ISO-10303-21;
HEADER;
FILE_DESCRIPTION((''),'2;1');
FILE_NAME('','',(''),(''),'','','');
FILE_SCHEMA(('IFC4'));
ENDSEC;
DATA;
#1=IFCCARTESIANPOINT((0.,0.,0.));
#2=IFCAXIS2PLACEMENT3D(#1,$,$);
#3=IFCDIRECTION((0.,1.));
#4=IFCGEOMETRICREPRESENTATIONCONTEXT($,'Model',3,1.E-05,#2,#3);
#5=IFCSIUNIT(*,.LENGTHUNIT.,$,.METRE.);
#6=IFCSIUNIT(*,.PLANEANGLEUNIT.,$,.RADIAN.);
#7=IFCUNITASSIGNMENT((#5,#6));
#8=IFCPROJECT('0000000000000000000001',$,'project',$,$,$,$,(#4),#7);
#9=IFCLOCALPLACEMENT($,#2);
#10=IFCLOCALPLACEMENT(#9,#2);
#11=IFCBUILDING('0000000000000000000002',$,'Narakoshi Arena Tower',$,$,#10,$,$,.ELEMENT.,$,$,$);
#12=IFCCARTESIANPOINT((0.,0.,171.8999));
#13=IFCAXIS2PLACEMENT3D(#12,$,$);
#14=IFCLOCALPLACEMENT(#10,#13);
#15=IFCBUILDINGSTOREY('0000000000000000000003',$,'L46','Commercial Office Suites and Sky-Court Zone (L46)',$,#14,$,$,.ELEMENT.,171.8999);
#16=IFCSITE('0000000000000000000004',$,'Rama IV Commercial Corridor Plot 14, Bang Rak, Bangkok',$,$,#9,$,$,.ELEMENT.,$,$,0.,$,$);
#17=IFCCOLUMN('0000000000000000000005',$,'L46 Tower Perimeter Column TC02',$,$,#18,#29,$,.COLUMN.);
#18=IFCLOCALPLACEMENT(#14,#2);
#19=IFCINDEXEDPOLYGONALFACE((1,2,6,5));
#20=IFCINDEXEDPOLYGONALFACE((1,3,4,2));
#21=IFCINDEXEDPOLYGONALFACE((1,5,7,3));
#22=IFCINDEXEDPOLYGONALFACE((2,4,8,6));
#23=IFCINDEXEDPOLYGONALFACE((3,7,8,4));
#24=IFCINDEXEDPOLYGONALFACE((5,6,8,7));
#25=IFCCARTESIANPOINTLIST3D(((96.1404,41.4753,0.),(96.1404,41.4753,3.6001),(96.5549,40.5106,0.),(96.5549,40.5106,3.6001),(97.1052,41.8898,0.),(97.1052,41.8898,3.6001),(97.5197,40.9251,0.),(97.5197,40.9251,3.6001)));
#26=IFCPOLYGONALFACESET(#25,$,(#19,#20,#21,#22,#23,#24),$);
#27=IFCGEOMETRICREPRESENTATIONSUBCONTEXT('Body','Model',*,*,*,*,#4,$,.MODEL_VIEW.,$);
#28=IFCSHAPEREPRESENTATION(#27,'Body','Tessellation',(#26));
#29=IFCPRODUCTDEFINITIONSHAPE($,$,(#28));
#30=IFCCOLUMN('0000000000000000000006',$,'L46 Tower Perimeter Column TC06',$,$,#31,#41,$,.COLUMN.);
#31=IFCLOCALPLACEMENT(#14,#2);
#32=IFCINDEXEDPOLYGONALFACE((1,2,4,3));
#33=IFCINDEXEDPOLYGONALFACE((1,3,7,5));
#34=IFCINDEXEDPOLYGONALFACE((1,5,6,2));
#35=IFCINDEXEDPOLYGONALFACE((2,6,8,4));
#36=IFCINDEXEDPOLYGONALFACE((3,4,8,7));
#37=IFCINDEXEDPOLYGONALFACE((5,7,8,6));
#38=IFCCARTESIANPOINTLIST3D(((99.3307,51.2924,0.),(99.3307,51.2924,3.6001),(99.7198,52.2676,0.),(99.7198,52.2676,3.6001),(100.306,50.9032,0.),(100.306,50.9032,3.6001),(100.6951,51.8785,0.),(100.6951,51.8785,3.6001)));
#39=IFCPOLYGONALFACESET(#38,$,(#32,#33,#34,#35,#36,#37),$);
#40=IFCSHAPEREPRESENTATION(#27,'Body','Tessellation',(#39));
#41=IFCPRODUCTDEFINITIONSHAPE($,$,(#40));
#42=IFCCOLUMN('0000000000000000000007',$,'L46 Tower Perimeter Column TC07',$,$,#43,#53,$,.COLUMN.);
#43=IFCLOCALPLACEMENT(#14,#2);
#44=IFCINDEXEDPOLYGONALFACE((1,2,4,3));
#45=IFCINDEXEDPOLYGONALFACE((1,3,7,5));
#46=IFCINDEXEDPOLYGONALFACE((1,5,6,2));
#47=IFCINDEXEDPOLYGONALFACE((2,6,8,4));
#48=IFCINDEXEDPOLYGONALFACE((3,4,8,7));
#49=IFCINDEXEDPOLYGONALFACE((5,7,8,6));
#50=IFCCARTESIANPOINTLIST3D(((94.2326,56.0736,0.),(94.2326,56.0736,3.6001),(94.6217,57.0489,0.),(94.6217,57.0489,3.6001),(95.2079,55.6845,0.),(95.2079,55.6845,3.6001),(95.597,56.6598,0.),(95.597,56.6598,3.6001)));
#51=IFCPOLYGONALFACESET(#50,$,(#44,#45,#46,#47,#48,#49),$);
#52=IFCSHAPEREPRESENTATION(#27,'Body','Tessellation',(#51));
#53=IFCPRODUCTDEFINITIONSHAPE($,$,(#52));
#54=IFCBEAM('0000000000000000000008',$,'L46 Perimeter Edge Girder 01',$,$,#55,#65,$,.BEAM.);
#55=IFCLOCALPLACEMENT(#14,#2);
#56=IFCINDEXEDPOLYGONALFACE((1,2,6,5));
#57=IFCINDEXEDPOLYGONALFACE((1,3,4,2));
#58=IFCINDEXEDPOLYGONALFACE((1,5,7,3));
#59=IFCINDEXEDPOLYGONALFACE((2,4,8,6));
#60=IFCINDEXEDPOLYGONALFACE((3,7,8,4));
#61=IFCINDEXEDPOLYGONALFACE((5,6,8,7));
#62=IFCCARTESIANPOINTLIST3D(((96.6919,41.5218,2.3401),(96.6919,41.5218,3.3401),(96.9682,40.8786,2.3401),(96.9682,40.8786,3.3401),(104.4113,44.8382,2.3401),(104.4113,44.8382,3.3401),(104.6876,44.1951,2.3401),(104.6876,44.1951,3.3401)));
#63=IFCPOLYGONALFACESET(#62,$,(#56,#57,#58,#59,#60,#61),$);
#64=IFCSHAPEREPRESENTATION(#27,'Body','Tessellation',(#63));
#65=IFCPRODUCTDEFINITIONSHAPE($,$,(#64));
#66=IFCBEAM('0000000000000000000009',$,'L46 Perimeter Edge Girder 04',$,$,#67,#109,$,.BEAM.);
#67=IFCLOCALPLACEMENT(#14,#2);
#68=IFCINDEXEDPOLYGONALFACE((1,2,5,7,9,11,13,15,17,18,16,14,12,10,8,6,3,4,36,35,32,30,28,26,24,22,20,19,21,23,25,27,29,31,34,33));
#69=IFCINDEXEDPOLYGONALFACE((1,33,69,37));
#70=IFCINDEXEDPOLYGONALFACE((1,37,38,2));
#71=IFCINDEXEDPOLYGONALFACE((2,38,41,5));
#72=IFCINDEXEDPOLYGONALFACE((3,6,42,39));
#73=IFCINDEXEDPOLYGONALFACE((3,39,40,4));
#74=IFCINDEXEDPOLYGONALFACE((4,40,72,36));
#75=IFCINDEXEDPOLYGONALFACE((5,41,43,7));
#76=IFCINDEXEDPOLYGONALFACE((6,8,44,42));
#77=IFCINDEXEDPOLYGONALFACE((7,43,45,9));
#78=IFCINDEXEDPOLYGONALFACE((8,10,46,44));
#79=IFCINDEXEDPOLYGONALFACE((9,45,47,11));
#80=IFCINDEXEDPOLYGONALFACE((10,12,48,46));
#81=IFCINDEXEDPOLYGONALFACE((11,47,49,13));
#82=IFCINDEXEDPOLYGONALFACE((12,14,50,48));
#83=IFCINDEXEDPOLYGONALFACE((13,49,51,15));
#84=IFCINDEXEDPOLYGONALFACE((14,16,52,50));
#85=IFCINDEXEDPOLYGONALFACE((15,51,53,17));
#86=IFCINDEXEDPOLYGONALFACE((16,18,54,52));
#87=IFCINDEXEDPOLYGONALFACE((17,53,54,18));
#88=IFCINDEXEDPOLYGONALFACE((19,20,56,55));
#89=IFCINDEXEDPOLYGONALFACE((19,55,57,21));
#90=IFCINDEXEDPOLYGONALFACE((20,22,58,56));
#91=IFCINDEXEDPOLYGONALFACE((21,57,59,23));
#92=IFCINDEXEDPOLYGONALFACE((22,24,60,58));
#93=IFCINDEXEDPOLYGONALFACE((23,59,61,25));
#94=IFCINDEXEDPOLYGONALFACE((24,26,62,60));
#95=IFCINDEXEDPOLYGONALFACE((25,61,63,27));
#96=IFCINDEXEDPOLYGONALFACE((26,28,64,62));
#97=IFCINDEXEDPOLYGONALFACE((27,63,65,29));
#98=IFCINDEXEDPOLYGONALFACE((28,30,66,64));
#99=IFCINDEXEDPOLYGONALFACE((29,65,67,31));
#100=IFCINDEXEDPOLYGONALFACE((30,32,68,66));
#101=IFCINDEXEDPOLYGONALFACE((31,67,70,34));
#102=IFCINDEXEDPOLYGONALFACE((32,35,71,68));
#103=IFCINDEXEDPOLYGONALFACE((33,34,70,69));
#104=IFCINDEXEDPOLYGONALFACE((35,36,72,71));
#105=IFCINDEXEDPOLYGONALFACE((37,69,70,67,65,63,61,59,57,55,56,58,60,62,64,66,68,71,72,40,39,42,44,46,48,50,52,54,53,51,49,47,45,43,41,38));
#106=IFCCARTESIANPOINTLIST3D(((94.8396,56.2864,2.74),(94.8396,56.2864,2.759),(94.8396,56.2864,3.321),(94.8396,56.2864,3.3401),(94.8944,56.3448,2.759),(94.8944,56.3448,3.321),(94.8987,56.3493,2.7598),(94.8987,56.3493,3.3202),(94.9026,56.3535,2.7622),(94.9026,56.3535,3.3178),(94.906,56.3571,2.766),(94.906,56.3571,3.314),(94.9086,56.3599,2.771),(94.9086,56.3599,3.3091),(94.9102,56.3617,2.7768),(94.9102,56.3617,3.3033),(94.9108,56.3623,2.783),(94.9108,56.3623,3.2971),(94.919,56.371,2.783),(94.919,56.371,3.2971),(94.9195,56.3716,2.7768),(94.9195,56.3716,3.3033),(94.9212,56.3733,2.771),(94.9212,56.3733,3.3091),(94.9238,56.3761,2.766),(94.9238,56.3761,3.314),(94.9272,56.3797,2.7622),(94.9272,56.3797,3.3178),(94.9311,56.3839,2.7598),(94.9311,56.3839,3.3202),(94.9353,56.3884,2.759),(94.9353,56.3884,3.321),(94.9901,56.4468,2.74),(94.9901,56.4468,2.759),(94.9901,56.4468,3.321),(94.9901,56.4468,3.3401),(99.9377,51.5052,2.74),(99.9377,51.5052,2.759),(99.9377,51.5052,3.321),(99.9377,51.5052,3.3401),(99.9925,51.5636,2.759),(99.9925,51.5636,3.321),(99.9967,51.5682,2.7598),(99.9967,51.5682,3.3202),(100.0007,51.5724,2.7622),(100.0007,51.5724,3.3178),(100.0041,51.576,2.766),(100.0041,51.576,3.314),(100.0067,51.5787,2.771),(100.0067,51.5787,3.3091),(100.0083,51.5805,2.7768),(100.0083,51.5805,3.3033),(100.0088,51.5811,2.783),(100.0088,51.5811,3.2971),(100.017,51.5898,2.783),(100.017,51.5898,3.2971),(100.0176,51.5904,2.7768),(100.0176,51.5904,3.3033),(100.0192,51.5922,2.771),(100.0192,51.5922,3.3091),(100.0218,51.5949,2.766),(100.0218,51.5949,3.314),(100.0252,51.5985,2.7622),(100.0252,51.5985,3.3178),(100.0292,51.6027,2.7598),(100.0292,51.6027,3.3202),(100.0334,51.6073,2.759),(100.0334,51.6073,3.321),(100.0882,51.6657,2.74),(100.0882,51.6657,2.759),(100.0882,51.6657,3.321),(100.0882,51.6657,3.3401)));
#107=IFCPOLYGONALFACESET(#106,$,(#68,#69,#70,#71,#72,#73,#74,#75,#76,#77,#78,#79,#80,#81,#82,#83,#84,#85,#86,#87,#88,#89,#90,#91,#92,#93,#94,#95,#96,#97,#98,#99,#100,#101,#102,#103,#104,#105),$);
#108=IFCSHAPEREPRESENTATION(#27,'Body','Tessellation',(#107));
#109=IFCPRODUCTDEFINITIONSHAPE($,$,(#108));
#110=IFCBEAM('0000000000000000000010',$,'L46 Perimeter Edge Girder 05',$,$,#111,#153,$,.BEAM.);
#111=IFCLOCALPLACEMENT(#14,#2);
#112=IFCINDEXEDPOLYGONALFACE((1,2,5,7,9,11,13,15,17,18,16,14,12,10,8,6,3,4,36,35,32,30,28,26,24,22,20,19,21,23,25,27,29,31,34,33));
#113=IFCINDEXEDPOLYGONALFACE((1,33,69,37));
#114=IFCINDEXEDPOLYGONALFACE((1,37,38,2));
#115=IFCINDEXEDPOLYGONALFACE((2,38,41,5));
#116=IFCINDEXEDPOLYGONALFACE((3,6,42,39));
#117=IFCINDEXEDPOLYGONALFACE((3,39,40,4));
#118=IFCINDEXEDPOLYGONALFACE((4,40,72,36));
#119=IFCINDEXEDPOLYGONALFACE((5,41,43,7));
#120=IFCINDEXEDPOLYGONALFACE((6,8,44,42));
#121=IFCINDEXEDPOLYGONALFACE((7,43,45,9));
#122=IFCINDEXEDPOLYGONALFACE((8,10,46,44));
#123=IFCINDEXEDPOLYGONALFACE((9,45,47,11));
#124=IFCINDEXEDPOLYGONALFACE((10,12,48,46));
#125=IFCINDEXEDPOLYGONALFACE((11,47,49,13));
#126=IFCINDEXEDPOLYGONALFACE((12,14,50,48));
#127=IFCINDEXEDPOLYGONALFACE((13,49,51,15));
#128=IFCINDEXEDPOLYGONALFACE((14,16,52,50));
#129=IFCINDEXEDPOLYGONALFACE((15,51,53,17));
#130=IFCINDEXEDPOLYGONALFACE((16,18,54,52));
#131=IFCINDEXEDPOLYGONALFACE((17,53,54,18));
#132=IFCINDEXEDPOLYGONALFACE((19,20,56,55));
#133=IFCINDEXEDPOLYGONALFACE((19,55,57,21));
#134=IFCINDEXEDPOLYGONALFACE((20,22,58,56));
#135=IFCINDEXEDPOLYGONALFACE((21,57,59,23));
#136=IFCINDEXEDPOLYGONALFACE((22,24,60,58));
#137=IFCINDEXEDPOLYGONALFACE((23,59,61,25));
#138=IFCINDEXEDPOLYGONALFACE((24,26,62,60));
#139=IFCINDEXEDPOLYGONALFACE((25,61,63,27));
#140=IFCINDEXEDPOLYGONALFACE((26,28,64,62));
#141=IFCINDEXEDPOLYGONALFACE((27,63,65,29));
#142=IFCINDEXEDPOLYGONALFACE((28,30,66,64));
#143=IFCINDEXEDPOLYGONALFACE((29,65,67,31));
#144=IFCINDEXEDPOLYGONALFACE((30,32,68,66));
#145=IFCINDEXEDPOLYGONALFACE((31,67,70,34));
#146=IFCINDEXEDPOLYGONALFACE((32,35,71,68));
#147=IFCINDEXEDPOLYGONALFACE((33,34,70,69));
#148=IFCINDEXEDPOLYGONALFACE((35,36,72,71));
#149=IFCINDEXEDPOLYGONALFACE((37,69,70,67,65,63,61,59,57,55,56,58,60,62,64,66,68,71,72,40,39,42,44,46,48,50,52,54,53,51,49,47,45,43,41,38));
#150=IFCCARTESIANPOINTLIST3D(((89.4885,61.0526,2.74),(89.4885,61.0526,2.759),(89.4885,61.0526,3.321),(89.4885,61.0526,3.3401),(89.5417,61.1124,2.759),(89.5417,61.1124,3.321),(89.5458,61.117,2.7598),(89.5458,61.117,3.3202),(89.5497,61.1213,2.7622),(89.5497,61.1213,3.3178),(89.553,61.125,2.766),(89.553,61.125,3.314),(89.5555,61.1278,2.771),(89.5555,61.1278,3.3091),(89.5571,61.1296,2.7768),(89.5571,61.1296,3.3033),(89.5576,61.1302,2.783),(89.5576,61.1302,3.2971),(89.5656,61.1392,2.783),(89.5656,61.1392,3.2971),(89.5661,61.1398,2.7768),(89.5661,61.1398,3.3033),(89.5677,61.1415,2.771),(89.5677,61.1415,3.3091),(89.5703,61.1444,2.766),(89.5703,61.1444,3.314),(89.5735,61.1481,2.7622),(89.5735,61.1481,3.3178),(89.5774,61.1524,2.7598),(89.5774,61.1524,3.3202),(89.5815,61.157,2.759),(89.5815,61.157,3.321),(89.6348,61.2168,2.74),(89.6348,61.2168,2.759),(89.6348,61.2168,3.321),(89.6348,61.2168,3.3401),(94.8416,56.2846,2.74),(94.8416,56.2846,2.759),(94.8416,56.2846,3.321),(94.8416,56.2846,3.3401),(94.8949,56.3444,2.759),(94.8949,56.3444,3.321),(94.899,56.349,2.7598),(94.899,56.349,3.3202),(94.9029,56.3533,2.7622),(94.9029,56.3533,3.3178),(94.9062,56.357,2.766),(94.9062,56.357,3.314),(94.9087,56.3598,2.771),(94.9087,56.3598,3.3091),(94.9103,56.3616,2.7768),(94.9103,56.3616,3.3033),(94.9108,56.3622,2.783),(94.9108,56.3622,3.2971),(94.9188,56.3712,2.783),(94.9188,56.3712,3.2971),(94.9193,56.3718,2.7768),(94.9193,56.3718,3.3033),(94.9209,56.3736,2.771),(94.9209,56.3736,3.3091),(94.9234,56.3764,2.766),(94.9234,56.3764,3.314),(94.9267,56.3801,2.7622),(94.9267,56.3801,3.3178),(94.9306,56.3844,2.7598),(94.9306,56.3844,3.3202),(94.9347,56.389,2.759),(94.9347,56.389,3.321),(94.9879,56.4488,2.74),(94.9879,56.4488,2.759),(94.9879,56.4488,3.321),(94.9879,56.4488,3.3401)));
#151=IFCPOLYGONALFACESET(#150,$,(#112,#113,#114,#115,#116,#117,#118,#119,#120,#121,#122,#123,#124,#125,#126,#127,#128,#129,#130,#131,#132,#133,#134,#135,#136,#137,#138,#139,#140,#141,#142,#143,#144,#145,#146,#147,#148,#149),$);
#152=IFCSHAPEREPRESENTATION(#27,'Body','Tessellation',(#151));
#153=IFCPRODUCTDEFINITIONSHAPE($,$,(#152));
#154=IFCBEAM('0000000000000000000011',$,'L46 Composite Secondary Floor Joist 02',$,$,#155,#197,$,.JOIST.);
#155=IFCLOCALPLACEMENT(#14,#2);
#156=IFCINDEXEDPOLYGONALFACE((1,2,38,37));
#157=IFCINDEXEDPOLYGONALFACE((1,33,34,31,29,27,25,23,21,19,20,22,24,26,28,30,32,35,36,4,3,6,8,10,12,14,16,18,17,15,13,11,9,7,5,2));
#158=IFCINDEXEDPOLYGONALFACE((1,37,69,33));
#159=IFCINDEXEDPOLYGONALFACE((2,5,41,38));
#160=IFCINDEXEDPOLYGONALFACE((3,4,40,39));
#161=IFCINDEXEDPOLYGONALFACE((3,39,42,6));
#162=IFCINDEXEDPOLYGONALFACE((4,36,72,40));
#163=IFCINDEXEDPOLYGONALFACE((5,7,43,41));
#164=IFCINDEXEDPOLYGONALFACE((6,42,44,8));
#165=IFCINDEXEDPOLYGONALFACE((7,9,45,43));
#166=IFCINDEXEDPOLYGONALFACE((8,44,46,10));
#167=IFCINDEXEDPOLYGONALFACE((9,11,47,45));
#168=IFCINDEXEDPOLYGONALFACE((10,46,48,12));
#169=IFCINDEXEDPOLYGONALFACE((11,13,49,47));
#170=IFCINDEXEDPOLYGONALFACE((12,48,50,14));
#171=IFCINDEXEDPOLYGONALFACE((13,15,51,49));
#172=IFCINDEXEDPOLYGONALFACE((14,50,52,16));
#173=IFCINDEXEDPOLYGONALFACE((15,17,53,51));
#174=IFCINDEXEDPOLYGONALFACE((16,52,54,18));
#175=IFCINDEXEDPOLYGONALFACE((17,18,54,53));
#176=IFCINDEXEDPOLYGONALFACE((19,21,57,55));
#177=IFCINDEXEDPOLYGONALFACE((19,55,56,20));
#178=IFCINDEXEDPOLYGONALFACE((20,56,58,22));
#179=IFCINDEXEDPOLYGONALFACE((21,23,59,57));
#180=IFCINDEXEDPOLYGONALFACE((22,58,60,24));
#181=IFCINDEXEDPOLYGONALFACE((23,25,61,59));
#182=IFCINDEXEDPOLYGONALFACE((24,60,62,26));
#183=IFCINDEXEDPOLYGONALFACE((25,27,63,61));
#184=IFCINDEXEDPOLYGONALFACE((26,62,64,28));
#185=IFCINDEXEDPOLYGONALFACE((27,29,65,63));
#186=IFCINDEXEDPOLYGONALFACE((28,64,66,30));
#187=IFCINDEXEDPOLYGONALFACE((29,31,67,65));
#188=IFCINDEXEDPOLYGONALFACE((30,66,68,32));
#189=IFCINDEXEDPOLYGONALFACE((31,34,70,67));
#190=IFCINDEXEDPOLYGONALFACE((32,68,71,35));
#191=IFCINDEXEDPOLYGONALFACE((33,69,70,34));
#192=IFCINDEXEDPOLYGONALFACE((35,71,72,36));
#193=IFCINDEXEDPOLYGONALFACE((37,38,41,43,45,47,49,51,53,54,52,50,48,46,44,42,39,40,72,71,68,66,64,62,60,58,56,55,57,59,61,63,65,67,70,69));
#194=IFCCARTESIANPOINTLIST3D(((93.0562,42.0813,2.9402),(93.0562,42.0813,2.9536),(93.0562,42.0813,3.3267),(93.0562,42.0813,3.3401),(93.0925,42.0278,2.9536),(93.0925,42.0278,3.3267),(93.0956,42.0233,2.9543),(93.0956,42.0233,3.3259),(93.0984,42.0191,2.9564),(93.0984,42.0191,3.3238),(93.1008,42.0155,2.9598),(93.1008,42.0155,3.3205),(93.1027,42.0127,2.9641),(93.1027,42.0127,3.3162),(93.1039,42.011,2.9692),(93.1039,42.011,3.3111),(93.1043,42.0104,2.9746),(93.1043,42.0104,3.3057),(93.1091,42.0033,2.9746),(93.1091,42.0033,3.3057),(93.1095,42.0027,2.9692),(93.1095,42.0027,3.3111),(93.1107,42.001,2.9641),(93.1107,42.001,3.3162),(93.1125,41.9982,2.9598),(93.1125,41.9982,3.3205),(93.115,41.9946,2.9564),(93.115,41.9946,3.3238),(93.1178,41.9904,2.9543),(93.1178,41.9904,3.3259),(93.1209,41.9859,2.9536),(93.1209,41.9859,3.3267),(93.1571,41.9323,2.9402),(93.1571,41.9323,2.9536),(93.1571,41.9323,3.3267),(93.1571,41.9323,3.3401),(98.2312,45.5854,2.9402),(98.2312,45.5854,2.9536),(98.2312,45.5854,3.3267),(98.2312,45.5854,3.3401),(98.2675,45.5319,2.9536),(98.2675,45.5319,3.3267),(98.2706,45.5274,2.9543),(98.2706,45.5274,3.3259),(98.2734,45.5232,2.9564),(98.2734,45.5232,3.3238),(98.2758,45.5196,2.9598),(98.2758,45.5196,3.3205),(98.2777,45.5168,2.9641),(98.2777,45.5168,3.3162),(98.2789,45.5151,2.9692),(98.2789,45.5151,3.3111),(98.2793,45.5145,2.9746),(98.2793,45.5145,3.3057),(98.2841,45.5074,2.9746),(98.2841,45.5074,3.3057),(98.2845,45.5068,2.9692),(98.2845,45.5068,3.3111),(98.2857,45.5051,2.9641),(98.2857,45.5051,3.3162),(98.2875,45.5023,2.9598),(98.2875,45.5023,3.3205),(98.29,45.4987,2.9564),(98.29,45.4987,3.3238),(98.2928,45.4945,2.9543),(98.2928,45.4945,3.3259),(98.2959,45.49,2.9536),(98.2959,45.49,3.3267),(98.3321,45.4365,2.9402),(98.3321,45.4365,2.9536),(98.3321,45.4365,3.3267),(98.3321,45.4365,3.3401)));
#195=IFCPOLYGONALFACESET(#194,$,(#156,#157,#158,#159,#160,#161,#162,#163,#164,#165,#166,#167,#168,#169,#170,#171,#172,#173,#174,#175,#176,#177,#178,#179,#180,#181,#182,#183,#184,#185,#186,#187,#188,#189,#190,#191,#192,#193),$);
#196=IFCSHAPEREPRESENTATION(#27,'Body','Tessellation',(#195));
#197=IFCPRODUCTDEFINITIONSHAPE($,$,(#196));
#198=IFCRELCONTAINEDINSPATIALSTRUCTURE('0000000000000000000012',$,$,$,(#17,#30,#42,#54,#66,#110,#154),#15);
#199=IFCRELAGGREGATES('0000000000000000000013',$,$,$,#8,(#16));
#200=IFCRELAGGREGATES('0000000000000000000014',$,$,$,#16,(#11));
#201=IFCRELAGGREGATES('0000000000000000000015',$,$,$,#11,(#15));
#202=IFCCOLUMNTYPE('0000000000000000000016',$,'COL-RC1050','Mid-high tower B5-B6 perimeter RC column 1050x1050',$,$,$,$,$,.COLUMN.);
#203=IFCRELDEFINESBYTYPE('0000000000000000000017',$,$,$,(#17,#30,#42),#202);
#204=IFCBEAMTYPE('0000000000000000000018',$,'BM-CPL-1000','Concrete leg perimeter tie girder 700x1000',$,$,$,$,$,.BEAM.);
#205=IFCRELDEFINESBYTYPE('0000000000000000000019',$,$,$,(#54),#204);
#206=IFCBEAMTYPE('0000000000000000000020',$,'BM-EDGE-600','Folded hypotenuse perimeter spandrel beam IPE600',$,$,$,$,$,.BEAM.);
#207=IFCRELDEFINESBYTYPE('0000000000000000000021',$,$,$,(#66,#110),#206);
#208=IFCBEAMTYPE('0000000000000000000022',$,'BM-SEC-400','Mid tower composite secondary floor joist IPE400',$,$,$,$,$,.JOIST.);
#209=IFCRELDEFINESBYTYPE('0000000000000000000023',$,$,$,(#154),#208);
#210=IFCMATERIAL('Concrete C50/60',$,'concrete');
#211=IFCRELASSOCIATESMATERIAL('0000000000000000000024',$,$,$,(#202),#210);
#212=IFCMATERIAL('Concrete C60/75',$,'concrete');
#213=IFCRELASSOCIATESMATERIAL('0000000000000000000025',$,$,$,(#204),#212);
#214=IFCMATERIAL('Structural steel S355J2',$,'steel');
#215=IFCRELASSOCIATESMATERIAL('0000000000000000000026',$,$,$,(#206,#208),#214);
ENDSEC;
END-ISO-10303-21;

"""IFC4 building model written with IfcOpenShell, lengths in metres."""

from ifc_helpers import new_model, si_unit, direction, frame, origin, origin_2d, place, context, subcontext, project, spatial, rectangle, i_section, extrude, material, material_profile, profile_set, type_object, element, save


model = new_model("IFC4")

# Units and contexts
model_context = context("Model", 3, precision=1e-05, world=origin(), true_north=direction((0.0, 1.0)))
body_context = subcontext(model_context, "Body", "Model", "MODEL_VIEW")
ifc_project = project(units=[si_unit("LENGTHUNIT", "METRE"), si_unit("PLANEANGLEUNIT", "RADIAN")], contexts=[model_context])

# Site, building, storey
site_placement = place(None, origin())
site = spatial("IfcSite", under=ifc_project, at=site_placement, Name="Rama IV Commercial Corridor Plot 14, Bang Rak, Bangkok", CompositionType="ELEMENT", RefElevation=0.0)
building_placement = place(site_placement, origin())
building = spatial("IfcBuilding", under=site, at=building_placement, Name="Narakoshi Arena Tower", CompositionType="ELEMENT")
storey_placement = place(building_placement, frame((0.0, 0.0, 171.8999)))
storey = spatial("IfcBuildingStorey", under=building, at=storey_placement, Name="L46", Description="Commercial Office Suites and Sky-Court Zone (L46)", CompositionType="ELEMENT", Elevation=171.8999)

# Columns
ifc_material_1 = material(Name="Concrete C50/60", Category="concrete")
ifc_material_profile_1 = material_profile(ifc_material_1, rectangle(XDim=1.05, YDim=1.05, at=origin_2d()), Name="RC1050x1050")
ifc_profile_set_1 = profile_set([ifc_material_profile_1], Name="Concrete C50/60")
column_type = type_object("IfcColumnType", Name="COL-RC1050", Description="Mid-high tower B5-B6 perimeter RC column 1050x1050", PredefinedType="COLUMN", material=ifc_profile_set_1)
for number, where, z_axis, x_axis, name in (
    (1, (96.8301, 41.2002, 0.0), (0.0, 0.0, 1.0), (0.918791, 0.394744, 0.0), "L46 Tower Perimeter Column TC02"),
    (2, (100.0129, 51.5854, 0.0), (0.0, 0.0, 1.0), (0.370557, 0.92881, 0.0), "L46 Tower Perimeter Column TC06"),
    (3, (94.9148, 56.3667, 0.0), (0.0, 0.0, 1.0), (0.370557, 0.92881, 0.0), "L46 Tower Perimeter Column TC07"),
):
    element("IfcColumn", number, at=place(storey_placement, frame(where, z_axis=z_axis, x_axis=x_axis)), inside=storey, type_object=column_type, Name=name, PredefinedType="COLUMN", context=body_context, shape_type="SweptSolid", body=[
        extrude(rectangle(XDim=1.05, YDim=1.05, at=origin_2d()), origin(), (0.0, 0.0, 1.0), 3.6001),
    ])

# Beams
ifc_material_2 = material(Name="Concrete C60/75", Category="concrete")
ifc_material_profile_2 = material_profile(ifc_material_2, rectangle(XDim=0.7, YDim=1.0, at=origin_2d()), Name="RCB700x1000")
ifc_profile_set_2 = profile_set([ifc_material_profile_2], Name="Concrete C60/75")
beam_type_1 = type_object("IfcBeamType", Name="BM-CPL-1000", Description="Concrete leg perimeter tie girder 700x1000", PredefinedType="BEAM", material=ifc_profile_set_2)
beam_1_placement = place(storey_placement, frame((96.8301, 41.2002, 2.8401), z_axis=(0.918793, 0.39474, 0.0), x_axis=(-0.39474, 0.918793, 0.0)))
element("IfcBeam", 4, at=beam_1_placement, inside=storey, type_object=beam_type_1, Name="L46 Perimeter Edge Girder 01", PredefinedType="BEAM", context=body_context, shape_type="SweptSolid", body=[
    extrude(rectangle(XDim=0.7, YDim=1.0, at=origin_2d()), origin(), (0.0, 0.0, 1.0), 8.4016),
])
ifc_material_3 = material(Name="Structural steel S355J2", Category="steel")
ifc_material_profile_3 = material_profile(ifc_material_3, i_section(OverallWidth=0.22, OverallDepth=0.6001, WebThickness=0.012, FlangeThickness=0.019, FilletRadius=0.0239, at=origin_2d()), Name="IPE600")
ifc_profile_set_3 = profile_set([ifc_material_profile_3], Name="Structural steel S355J2")
beam_type_2 = type_object("IfcBeamType", Name="BM-EDGE-600", Description="Folded hypotenuse perimeter spandrel beam IPE600", PredefinedType="BEAM", material=ifc_profile_set_3)
beam_2_placement = place(storey_placement, frame((100.0129, 51.5854, 3.04), z_axis=(-0.729413, 0.684074, 0.0), x_axis=(-0.684074, -0.729413, 0.0)))
element("IfcBeam", 5, at=beam_2_placement, inside=storey, type_object=beam_type_2, Name="L46 Perimeter Edge Girder 04", PredefinedType="BEAM", context=body_context, shape_type="SweptSolid", body=[
    extrude(i_section(OverallWidth=0.22, OverallDepth=0.6001, WebThickness=0.012, FlangeThickness=0.019, FilletRadius=0.0239, at=origin_2d()), origin(), (0.0, 0.0, 1.0), 6.9893),
])
beam_3_placement = place(storey_placement, frame((94.9148, 56.3667, 3.04), z_axis=(-0.746744, 0.665112, 0.0), x_axis=(-0.665112, -0.746744, 0.0)))
element("IfcBeam", 6, at=beam_3_placement, inside=storey, type_object=beam_type_2, Name="L46 Perimeter Edge Girder 05", PredefinedType="BEAM", context=body_context, shape_type="SweptSolid", body=[
    extrude(i_section(OverallWidth=0.22, OverallDepth=0.6001, WebThickness=0.012, FlangeThickness=0.019, FilletRadius=0.0239, at=origin_2d()), origin(), (0.0, 0.0, 1.0), 7.1687),
])
ifc_material_profile_4 = material_profile(ifc_material_3, i_section(OverallWidth=0.1799, OverallDepth=0.3999, WebThickness=0.0085, FlangeThickness=0.0134, FilletRadius=0.021, at=origin_2d()), Name="IPE400")
ifc_profile_set_4 = profile_set([ifc_material_profile_4], Name="Structural steel S355J2")
beam_type_3 = type_object("IfcBeamType", Name="BM-SEC-400", Description="Mid tower composite secondary floor joist IPE400", PredefinedType="JOIST", material=ifc_profile_set_4)
beam_4_placement = place(storey_placement, frame((93.1067, 42.0068, 3.1401), z_axis=(0.828032, 0.560681, 0.0), x_axis=(-0.560681, 0.828032, 0.0)))
element("IfcBeam", 7, at=beam_4_placement, inside=storey, type_object=beam_type_3, Name="L46 Composite Secondary Floor Joist 02", PredefinedType="JOIST", context=body_context, shape_type="SweptSolid", body=[
    extrude(i_section(OverallWidth=0.1799, OverallDepth=0.3999, WebThickness=0.0085, FlangeThickness=0.0134, FilletRadius=0.021, at=origin_2d()), origin(), (0.0, 0.0, 1.0), 6.2498),
])

save(model, "model.ifc")
